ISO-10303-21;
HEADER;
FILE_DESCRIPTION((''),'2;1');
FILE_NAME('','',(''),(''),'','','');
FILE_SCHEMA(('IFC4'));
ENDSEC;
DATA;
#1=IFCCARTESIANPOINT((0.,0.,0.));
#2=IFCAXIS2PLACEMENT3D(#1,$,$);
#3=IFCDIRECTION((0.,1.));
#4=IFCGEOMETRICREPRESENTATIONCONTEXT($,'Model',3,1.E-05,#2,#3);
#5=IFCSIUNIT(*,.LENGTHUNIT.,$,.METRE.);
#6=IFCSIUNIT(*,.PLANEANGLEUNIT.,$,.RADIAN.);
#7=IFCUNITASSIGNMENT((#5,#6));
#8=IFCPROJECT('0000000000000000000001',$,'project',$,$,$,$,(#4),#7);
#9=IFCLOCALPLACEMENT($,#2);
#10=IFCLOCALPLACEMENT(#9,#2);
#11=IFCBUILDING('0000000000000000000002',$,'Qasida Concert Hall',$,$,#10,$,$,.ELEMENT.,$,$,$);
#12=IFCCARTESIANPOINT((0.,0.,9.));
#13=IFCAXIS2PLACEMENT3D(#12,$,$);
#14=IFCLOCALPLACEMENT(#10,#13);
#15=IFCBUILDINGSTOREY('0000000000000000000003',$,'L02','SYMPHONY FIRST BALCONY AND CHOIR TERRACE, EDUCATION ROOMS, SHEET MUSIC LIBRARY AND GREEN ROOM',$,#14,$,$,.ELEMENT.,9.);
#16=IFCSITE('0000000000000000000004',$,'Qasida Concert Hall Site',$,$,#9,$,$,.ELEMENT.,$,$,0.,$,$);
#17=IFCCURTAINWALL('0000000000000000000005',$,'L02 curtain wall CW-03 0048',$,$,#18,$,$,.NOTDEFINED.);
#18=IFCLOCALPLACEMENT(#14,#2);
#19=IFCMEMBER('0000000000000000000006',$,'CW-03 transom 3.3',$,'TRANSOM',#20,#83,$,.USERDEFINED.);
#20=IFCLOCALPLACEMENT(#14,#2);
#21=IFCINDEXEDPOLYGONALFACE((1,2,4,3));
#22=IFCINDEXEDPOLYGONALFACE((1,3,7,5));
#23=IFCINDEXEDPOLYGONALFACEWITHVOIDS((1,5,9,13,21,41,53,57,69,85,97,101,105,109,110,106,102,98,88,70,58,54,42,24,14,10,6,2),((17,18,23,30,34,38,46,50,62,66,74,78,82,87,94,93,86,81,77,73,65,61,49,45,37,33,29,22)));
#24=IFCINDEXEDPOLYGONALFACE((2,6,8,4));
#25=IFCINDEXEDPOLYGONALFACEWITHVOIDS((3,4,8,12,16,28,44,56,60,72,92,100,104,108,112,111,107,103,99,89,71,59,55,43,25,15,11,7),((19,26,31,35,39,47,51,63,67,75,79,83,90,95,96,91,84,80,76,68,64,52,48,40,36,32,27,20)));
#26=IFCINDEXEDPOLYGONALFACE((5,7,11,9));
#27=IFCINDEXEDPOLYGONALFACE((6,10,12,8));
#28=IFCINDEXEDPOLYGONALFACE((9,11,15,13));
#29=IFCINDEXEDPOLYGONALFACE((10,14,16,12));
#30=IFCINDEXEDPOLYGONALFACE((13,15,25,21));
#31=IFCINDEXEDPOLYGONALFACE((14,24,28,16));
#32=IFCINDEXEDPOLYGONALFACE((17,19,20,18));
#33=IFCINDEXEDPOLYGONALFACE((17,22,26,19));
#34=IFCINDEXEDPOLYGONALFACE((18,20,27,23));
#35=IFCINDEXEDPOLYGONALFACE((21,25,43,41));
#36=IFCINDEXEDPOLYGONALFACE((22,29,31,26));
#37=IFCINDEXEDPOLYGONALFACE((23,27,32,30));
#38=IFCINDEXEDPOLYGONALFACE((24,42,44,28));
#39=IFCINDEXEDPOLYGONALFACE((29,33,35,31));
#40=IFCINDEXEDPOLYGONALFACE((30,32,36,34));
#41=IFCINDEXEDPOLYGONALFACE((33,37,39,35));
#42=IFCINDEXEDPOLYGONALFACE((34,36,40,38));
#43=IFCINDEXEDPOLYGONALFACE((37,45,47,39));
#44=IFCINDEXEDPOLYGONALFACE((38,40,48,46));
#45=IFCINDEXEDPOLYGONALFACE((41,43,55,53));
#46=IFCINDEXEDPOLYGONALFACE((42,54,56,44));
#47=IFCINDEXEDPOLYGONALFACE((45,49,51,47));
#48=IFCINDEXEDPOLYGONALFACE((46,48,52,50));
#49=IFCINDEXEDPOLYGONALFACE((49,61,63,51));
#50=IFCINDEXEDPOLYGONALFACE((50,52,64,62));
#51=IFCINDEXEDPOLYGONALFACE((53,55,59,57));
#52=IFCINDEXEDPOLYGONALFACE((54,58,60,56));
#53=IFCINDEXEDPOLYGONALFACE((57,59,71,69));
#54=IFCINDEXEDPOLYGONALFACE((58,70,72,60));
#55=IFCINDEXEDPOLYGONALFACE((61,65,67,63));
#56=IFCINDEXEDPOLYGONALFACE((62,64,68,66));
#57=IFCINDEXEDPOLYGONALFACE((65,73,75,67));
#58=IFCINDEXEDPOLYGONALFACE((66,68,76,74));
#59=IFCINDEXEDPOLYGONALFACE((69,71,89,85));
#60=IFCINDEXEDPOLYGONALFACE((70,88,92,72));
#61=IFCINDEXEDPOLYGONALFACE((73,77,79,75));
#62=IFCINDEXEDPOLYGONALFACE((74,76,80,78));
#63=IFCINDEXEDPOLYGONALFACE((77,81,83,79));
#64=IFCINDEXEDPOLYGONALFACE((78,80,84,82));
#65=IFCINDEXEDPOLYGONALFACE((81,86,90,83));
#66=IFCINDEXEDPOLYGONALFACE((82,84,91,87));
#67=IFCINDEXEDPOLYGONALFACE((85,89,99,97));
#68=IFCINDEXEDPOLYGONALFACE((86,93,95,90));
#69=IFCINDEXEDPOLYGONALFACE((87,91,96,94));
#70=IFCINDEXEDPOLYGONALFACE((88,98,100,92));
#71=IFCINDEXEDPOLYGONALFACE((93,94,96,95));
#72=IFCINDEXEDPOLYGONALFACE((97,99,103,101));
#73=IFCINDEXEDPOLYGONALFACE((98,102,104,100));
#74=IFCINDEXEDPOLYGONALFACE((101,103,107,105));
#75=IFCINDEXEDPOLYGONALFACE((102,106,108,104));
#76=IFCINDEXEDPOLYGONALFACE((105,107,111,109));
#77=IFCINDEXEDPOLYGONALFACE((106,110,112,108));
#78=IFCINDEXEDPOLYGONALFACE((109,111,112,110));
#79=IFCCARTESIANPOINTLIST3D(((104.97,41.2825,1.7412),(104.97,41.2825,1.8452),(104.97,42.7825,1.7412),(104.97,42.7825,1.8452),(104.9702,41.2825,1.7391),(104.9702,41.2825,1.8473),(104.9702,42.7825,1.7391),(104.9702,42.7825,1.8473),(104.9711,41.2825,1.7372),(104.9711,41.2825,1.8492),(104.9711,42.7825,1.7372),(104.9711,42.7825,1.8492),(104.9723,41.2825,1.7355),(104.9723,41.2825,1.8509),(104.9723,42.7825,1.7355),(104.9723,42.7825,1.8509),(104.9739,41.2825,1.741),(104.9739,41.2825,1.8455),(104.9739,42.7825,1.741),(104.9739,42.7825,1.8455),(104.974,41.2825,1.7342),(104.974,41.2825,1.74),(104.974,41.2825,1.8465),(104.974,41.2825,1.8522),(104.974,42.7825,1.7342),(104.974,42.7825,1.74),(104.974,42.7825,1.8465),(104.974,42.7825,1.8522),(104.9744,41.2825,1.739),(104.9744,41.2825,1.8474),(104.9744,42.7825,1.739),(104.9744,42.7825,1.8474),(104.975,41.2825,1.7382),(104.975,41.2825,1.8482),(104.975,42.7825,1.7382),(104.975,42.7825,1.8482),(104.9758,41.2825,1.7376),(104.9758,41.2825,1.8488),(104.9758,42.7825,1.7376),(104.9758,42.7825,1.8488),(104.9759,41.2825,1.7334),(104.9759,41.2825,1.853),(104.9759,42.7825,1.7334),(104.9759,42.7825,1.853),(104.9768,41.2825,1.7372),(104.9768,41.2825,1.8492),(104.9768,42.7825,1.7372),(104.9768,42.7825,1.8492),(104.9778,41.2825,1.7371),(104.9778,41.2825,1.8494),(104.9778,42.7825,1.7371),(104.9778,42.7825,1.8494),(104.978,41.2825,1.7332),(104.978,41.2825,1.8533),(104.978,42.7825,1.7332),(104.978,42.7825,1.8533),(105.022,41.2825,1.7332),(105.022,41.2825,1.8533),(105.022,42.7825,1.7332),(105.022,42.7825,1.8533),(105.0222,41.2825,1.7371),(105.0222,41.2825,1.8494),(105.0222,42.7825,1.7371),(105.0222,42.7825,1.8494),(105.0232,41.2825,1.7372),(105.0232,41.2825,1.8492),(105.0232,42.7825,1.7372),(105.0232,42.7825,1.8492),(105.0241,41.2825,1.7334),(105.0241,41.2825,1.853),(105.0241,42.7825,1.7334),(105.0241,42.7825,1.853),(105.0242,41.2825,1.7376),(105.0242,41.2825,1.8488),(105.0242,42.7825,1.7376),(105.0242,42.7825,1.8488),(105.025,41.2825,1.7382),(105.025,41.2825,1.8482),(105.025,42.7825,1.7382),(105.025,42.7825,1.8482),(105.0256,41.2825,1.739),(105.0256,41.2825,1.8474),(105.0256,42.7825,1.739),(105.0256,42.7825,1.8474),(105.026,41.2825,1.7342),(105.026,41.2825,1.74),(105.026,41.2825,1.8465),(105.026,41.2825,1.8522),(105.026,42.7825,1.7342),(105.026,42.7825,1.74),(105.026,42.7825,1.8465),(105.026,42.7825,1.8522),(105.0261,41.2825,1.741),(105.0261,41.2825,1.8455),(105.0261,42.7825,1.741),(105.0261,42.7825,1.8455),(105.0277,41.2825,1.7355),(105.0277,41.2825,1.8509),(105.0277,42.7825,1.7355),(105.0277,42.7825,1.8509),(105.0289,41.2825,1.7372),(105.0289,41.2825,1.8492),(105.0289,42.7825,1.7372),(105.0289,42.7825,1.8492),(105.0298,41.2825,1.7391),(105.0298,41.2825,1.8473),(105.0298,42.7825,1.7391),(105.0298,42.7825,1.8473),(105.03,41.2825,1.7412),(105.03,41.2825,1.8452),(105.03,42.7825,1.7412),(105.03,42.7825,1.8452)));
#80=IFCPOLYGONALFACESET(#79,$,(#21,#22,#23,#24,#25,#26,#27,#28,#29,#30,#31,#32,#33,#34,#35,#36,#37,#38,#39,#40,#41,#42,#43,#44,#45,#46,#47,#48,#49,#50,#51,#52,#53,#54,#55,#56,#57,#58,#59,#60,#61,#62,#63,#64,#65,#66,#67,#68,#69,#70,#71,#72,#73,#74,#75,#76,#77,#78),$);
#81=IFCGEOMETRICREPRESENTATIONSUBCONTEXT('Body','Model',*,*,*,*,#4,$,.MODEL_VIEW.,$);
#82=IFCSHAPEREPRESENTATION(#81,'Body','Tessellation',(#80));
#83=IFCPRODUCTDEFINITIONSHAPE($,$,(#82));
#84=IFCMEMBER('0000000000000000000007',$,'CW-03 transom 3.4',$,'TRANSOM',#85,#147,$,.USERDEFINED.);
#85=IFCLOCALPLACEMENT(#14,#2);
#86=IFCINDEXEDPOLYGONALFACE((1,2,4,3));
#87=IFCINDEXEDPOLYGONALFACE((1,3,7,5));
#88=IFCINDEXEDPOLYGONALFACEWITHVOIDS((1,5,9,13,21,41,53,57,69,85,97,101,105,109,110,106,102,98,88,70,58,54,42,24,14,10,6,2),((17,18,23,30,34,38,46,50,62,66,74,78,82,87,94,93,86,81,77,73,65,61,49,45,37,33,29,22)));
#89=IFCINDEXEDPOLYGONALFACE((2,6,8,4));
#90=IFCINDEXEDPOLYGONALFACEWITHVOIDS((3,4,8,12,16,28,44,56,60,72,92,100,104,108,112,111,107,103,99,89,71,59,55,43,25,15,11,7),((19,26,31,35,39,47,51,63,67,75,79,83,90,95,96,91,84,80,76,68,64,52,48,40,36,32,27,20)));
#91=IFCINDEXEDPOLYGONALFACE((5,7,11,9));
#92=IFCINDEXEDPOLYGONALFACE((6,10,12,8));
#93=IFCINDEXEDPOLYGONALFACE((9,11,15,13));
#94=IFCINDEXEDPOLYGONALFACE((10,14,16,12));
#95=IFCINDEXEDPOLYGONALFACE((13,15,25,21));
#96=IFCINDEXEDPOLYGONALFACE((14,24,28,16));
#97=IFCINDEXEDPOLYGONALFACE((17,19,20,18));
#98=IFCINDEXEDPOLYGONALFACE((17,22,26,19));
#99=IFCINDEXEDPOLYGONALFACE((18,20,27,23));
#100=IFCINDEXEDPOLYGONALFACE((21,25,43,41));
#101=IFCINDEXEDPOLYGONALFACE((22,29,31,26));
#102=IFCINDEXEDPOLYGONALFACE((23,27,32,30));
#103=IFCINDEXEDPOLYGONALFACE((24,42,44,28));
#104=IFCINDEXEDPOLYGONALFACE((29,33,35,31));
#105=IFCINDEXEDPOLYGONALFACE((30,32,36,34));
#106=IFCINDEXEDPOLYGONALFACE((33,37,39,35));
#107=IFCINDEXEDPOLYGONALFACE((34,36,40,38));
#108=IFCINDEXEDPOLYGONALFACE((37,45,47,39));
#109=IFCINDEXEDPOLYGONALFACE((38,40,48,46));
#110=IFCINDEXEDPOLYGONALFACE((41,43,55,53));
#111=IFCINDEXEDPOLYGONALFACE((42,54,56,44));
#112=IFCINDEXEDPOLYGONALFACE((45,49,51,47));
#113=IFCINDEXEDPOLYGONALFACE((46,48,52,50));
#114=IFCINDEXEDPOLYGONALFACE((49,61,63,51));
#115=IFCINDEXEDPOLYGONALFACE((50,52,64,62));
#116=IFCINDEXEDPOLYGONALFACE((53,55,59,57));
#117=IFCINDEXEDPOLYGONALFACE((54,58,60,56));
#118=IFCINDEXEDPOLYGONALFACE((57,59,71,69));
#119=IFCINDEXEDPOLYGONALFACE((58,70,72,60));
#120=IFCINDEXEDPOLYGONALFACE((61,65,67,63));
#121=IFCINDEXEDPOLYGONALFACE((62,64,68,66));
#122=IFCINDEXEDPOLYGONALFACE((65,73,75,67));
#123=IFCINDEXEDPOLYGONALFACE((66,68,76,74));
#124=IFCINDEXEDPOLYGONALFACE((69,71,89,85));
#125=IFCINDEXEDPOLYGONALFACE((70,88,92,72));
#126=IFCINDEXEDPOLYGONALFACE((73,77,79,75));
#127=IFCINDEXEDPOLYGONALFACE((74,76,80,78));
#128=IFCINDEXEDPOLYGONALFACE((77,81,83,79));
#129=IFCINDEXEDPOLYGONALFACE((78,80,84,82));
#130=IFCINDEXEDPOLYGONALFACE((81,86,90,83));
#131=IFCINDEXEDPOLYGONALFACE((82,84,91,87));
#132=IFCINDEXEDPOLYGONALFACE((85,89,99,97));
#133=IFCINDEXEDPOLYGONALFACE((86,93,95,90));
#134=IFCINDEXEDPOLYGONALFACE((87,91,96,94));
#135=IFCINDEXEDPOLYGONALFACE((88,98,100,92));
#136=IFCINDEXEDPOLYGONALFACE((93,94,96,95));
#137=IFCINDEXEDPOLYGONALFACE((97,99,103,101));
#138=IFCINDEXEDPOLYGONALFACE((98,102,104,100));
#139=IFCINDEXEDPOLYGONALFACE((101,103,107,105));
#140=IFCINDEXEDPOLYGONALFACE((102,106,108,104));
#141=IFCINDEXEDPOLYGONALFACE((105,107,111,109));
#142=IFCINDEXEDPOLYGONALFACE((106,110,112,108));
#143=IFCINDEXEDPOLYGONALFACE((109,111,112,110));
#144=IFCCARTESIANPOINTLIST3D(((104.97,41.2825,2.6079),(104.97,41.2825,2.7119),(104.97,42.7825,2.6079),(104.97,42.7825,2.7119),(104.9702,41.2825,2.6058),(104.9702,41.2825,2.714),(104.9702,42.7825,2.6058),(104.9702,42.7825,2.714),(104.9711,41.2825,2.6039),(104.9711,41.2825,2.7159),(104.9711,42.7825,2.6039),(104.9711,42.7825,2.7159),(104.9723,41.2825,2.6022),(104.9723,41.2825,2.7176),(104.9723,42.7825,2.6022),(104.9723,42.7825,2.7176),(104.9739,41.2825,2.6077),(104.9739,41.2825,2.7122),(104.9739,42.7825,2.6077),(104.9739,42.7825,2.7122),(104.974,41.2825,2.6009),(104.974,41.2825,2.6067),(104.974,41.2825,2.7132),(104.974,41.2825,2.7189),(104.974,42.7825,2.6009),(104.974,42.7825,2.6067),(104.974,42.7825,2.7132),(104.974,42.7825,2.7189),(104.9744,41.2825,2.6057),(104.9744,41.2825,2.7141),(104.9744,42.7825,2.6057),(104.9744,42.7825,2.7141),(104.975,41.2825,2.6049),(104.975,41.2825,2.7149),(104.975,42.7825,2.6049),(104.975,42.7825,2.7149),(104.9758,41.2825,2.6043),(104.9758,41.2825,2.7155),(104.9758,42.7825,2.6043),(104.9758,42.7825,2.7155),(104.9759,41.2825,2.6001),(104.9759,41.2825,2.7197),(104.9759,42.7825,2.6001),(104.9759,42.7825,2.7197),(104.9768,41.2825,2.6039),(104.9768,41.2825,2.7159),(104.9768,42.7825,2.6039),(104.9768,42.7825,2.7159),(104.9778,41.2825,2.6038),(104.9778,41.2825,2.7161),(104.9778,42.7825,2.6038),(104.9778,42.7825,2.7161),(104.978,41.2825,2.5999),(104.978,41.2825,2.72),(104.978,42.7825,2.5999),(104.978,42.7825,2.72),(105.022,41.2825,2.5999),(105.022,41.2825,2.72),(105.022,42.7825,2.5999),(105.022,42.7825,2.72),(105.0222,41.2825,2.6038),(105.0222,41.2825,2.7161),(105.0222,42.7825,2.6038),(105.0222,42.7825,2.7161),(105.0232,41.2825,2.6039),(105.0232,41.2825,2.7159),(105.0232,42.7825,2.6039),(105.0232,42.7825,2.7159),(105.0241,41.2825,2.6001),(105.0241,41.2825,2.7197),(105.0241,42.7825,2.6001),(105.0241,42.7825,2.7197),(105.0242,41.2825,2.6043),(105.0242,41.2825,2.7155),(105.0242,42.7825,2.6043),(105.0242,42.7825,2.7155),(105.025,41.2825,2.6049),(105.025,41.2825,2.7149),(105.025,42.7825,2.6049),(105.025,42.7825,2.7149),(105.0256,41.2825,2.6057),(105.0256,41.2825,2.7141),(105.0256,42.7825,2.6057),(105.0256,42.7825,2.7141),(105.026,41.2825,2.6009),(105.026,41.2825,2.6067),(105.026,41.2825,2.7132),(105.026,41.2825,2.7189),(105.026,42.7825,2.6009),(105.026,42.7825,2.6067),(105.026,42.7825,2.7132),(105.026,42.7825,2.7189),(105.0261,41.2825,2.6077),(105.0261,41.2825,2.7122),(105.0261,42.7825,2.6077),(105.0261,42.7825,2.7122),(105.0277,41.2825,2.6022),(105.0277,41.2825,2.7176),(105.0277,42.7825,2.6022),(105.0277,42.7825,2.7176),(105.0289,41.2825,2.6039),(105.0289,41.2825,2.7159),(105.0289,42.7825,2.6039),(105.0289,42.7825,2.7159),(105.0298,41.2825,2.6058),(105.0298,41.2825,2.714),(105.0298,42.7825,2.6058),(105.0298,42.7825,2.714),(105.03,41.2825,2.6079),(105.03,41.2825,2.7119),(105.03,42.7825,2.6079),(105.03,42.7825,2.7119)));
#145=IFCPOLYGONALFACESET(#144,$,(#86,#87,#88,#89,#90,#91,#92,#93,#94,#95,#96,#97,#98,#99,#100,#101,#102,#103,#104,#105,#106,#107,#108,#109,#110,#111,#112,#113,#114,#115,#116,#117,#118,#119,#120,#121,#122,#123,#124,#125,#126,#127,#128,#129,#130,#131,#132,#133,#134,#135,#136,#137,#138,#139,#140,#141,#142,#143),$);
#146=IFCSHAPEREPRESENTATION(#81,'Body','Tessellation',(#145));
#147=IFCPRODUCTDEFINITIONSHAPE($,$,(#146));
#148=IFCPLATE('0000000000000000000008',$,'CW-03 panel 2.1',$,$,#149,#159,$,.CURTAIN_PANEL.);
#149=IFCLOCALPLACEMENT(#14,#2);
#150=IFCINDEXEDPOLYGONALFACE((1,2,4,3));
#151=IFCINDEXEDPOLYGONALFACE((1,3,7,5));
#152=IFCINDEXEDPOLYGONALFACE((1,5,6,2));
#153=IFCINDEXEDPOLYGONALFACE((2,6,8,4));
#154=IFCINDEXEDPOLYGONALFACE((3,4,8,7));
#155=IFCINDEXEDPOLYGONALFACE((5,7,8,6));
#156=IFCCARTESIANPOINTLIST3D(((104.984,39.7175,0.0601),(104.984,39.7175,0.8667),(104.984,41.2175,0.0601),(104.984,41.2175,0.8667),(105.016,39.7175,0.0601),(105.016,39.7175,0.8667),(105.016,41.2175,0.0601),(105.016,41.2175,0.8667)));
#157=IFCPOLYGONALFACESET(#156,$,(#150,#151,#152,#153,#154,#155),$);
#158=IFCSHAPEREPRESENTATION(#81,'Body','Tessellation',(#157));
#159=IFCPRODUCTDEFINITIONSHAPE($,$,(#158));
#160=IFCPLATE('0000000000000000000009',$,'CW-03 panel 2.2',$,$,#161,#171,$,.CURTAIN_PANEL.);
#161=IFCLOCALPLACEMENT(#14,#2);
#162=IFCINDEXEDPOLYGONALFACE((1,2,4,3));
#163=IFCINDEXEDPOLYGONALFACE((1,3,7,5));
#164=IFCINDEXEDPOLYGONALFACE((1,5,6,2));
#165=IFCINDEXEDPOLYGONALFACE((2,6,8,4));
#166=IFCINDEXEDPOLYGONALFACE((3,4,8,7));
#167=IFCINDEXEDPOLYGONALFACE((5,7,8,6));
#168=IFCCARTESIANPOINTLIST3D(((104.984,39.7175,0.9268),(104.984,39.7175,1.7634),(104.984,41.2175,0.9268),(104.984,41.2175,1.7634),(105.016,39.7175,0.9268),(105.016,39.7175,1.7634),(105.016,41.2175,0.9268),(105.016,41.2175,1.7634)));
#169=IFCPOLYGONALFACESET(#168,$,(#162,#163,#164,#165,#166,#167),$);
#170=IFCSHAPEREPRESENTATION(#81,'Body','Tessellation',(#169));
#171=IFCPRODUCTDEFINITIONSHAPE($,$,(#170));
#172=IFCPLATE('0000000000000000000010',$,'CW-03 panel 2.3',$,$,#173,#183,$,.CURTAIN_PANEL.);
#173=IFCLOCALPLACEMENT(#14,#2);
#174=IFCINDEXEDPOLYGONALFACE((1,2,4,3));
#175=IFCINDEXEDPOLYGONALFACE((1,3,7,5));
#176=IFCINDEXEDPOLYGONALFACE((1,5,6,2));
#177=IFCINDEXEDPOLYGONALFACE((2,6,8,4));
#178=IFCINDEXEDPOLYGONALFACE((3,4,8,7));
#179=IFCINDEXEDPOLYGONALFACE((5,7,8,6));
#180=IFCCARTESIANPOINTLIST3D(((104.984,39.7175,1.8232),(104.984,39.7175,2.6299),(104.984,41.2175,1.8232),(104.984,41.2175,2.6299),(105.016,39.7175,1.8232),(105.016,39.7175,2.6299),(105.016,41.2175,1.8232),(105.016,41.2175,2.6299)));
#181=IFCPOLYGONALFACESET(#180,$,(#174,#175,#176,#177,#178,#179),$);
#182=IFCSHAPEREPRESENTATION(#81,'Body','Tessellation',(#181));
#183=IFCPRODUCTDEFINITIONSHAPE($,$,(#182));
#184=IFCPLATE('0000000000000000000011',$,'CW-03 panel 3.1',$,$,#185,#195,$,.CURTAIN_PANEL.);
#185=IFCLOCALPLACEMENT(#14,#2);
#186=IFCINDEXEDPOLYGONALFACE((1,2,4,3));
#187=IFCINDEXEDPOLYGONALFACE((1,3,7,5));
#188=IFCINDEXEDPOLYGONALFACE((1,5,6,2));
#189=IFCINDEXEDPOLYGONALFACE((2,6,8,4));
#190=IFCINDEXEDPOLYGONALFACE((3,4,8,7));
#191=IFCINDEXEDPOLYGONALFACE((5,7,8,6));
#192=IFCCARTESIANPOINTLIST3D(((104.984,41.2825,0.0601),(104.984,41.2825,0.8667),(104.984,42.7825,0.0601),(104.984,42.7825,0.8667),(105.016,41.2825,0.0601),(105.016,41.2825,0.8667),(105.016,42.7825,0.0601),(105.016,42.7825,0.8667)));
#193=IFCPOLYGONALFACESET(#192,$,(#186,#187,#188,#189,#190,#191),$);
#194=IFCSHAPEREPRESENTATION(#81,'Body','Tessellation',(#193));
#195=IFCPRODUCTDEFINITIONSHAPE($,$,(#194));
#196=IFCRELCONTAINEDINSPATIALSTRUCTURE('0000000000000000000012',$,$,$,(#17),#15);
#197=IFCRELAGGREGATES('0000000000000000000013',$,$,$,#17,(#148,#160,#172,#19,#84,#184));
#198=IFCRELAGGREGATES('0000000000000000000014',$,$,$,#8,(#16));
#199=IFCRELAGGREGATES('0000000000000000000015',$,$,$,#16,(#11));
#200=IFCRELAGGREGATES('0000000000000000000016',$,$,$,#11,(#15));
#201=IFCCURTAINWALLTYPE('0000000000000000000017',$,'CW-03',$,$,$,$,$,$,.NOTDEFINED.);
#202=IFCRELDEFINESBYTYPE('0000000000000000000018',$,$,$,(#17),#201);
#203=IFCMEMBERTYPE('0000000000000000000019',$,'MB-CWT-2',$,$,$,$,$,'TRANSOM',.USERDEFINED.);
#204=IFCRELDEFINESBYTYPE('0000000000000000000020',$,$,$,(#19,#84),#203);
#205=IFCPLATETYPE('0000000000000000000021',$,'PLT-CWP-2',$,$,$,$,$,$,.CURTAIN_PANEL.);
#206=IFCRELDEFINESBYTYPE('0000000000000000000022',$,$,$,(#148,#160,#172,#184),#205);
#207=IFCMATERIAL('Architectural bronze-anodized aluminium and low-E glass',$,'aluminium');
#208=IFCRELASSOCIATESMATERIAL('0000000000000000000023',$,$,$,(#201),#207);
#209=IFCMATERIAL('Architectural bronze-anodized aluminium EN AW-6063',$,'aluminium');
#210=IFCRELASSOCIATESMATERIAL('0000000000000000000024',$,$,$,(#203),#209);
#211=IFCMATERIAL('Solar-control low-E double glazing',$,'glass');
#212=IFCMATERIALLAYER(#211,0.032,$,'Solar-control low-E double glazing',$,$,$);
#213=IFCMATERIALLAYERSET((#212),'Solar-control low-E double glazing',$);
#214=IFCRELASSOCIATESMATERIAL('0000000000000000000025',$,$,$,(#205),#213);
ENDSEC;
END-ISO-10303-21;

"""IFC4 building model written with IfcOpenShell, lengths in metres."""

from ifc_helpers import new_model, si_unit, direction, frame, origin, origin_2d, place, context, subcontext, project, spatial, rectangle, hollow_rectangle, extrude, material, layer, layer_set, material_profile, profile_set, type_object, element, aggregate, save


model = new_model("IFC4")

# Units and contexts
model_context = context("Model", 3, precision=1e-05, world=origin(), true_north=direction((0.0, 1.0)))
body_context = subcontext(model_context, "Body", "Model", "MODEL_VIEW")
ifc_project = project(units=[si_unit("LENGTHUNIT", "METRE"), si_unit("PLANEANGLEUNIT", "RADIAN")], contexts=[model_context])

# Site, building, storey
site_placement = place(None, origin())
site = spatial("IfcSite", under=ifc_project, at=site_placement, Name="Qasida Concert Hall Site", CompositionType="ELEMENT", RefElevation=0.0)
building_placement = place(site_placement, origin())
building = spatial("IfcBuilding", under=site, at=building_placement, Name="Qasida Concert Hall", CompositionType="ELEMENT")
storey_placement = place(building_placement, frame((0.0, 0.0, 9.0)))
storey = spatial("IfcBuildingStorey", under=building, at=storey_placement, Name="L02", Description="SYMPHONY FIRST BALCONY AND CHOIR TERRACE, EDUCATION ROOMS, SHEET MUSIC LIBRARY AND GREEN ROOM", CompositionType="ELEMENT", Elevation=9.0)

# Curtain wall, members, plates
ifc_material_1 = material(Name="Architectural bronze-anodized aluminium and low-E glass", Category="aluminium")
curtain_wall_type = type_object("IfcCurtainWallType", Name="CW-03", PredefinedType="NOTDEFINED", material=ifc_material_1)
curtain_wall_placement = place(storey_placement, origin())
curtain_wall = element("IfcCurtainWall", 1, at=curtain_wall_placement, inside=storey, type_object=curtain_wall_type, Name="L02 curtain wall CW-03 0048", PredefinedType="NOTDEFINED")
ifc_material_2 = material(Name="Architectural bronze-anodized aluminium EN AW-6063", Category="aluminium")
ifc_material_profile_1 = material_profile(ifc_material_2, hollow_rectangle(XDim=0.0601, YDim=0.1201, WallThickness=0.0039, InnerFilletRadius=0.0039, OuterFilletRadius=0.0081, at=origin_2d()), Name="CWT 120x60x4")
ifc_profile_set_1 = profile_set([ifc_material_profile_1], Name="Architectural bronze-anodized aluminium EN AW-6063")
member_type_1 = type_object("IfcMemberType", Name="MB-CWT-2", ElementType="TRANSOM", PredefinedType="USERDEFINED", material=ifc_profile_set_1)
member_1_placement = place(storey_placement, frame((105.0, 41.2825, 1.7932), z_axis=(0.0, 1.0, 0.0), x_axis=(-1.0, 0.0, 0.0)))
member_1 = element("IfcMember", 2, at=member_1_placement, type_object=member_type_1, Name="CW-03 transom 3.3", ObjectType="TRANSOM", PredefinedType="USERDEFINED", context=body_context, shape_type="SweptSolid", body=[
    extrude(hollow_rectangle(XDim=0.0601, YDim=0.1201, WallThickness=0.0039, InnerFilletRadius=0.0039, OuterFilletRadius=0.0081, at=origin_2d()), origin(), (0.0, 0.0, 1.0), 1.5),
])
member_2_placement = place(storey_placement, frame((105.0, 41.2825, 2.6599), z_axis=(0.0, 1.0, 0.0), x_axis=(-1.0, 0.0, 0.0)))
member_2 = element("IfcMember", 3, at=member_2_placement, type_object=member_type_1, Name="CW-03 transom 3.4", ObjectType="TRANSOM", PredefinedType="USERDEFINED", context=body_context, shape_type="SweptSolid", body=[
    extrude(hollow_rectangle(XDim=0.0601, YDim=0.1201, WallThickness=0.0039, InnerFilletRadius=0.0039, OuterFilletRadius=0.0081, at=origin_2d()), origin(), (0.0, 0.0, 1.0), 1.5),
])
ifc_material_3 = material(Name="Solar-control low-E double glazing", Category="glass")
ifc_layer_1 = layer(ifc_material_3, 0.032, Name="Solar-control low-E double glazing")
ifc_layer_set_1 = layer_set([ifc_layer_1], Name="Solar-control low-E double glazing")
plate_type = type_object("IfcPlateType", Name="PLT-CWP-2", PredefinedType="CURTAIN_PANEL", material=ifc_layer_set_1)
plate_1_placement = place(storey_placement, frame((105.0, 40.4675, 0.0601), z_axis=(0.0, 0.0, 1.0), x_axis=(0.0, 1.0, 0.0)))
plate_1 = element("IfcPlate", 4, at=plate_1_placement, type_object=plate_type, Name="CW-03 panel 2.1", PredefinedType="CURTAIN_PANEL", context=body_context, shape_type="SweptSolid", body=[
    extrude(rectangle(XDim=1.5, YDim=0.032, at=origin_2d()), origin(), (0.0, 0.0, 1.0), 0.8066),
])
plate_2_placement = place(storey_placement, frame((105.0, 40.4675, 0.9268), z_axis=(0.0, 0.0, 1.0), x_axis=(0.0, 1.0, 0.0)))
plate_2 = element("IfcPlate", 5, at=plate_2_placement, type_object=plate_type, Name="CW-03 panel 2.2", PredefinedType="CURTAIN_PANEL", context=body_context, shape_type="SweptSolid", body=[
    extrude(rectangle(XDim=1.5, YDim=0.032, at=origin_2d()), origin(), (0.0, 0.0, 1.0), 0.8367),
])
plate_3_placement = place(storey_placement, frame((105.0, 40.4675, 1.8232), z_axis=(0.0, 0.0, 1.0), x_axis=(0.0, 1.0, 0.0)))
plate_3 = element("IfcPlate", 6, at=plate_3_placement, type_object=plate_type, Name="CW-03 panel 2.3", PredefinedType="CURTAIN_PANEL", context=body_context, shape_type="SweptSolid", body=[
    extrude(rectangle(XDim=1.5, YDim=0.032, at=origin_2d()), origin(), (0.0, 0.0, 1.0), 0.8066),
])
plate_4_placement = place(storey_placement, frame((105.0, 42.0325, 0.0601), z_axis=(0.0, 0.0, 1.0), x_axis=(0.0, 1.0, 0.0)))
plate_4 = element("IfcPlate", 7, at=plate_4_placement, type_object=plate_type, Name="CW-03 panel 3.1", PredefinedType="CURTAIN_PANEL", context=body_context, shape_type="SweptSolid", body=[
    extrude(rectangle(XDim=1.5, YDim=0.032, at=origin_2d()), origin(), (0.0, 0.0, 1.0), 0.8066),
])
aggregate(curtain_wall, [plate_1, plate_2, plate_3, member_1, member_2, plate_4])

save(model, "model.ifc")
